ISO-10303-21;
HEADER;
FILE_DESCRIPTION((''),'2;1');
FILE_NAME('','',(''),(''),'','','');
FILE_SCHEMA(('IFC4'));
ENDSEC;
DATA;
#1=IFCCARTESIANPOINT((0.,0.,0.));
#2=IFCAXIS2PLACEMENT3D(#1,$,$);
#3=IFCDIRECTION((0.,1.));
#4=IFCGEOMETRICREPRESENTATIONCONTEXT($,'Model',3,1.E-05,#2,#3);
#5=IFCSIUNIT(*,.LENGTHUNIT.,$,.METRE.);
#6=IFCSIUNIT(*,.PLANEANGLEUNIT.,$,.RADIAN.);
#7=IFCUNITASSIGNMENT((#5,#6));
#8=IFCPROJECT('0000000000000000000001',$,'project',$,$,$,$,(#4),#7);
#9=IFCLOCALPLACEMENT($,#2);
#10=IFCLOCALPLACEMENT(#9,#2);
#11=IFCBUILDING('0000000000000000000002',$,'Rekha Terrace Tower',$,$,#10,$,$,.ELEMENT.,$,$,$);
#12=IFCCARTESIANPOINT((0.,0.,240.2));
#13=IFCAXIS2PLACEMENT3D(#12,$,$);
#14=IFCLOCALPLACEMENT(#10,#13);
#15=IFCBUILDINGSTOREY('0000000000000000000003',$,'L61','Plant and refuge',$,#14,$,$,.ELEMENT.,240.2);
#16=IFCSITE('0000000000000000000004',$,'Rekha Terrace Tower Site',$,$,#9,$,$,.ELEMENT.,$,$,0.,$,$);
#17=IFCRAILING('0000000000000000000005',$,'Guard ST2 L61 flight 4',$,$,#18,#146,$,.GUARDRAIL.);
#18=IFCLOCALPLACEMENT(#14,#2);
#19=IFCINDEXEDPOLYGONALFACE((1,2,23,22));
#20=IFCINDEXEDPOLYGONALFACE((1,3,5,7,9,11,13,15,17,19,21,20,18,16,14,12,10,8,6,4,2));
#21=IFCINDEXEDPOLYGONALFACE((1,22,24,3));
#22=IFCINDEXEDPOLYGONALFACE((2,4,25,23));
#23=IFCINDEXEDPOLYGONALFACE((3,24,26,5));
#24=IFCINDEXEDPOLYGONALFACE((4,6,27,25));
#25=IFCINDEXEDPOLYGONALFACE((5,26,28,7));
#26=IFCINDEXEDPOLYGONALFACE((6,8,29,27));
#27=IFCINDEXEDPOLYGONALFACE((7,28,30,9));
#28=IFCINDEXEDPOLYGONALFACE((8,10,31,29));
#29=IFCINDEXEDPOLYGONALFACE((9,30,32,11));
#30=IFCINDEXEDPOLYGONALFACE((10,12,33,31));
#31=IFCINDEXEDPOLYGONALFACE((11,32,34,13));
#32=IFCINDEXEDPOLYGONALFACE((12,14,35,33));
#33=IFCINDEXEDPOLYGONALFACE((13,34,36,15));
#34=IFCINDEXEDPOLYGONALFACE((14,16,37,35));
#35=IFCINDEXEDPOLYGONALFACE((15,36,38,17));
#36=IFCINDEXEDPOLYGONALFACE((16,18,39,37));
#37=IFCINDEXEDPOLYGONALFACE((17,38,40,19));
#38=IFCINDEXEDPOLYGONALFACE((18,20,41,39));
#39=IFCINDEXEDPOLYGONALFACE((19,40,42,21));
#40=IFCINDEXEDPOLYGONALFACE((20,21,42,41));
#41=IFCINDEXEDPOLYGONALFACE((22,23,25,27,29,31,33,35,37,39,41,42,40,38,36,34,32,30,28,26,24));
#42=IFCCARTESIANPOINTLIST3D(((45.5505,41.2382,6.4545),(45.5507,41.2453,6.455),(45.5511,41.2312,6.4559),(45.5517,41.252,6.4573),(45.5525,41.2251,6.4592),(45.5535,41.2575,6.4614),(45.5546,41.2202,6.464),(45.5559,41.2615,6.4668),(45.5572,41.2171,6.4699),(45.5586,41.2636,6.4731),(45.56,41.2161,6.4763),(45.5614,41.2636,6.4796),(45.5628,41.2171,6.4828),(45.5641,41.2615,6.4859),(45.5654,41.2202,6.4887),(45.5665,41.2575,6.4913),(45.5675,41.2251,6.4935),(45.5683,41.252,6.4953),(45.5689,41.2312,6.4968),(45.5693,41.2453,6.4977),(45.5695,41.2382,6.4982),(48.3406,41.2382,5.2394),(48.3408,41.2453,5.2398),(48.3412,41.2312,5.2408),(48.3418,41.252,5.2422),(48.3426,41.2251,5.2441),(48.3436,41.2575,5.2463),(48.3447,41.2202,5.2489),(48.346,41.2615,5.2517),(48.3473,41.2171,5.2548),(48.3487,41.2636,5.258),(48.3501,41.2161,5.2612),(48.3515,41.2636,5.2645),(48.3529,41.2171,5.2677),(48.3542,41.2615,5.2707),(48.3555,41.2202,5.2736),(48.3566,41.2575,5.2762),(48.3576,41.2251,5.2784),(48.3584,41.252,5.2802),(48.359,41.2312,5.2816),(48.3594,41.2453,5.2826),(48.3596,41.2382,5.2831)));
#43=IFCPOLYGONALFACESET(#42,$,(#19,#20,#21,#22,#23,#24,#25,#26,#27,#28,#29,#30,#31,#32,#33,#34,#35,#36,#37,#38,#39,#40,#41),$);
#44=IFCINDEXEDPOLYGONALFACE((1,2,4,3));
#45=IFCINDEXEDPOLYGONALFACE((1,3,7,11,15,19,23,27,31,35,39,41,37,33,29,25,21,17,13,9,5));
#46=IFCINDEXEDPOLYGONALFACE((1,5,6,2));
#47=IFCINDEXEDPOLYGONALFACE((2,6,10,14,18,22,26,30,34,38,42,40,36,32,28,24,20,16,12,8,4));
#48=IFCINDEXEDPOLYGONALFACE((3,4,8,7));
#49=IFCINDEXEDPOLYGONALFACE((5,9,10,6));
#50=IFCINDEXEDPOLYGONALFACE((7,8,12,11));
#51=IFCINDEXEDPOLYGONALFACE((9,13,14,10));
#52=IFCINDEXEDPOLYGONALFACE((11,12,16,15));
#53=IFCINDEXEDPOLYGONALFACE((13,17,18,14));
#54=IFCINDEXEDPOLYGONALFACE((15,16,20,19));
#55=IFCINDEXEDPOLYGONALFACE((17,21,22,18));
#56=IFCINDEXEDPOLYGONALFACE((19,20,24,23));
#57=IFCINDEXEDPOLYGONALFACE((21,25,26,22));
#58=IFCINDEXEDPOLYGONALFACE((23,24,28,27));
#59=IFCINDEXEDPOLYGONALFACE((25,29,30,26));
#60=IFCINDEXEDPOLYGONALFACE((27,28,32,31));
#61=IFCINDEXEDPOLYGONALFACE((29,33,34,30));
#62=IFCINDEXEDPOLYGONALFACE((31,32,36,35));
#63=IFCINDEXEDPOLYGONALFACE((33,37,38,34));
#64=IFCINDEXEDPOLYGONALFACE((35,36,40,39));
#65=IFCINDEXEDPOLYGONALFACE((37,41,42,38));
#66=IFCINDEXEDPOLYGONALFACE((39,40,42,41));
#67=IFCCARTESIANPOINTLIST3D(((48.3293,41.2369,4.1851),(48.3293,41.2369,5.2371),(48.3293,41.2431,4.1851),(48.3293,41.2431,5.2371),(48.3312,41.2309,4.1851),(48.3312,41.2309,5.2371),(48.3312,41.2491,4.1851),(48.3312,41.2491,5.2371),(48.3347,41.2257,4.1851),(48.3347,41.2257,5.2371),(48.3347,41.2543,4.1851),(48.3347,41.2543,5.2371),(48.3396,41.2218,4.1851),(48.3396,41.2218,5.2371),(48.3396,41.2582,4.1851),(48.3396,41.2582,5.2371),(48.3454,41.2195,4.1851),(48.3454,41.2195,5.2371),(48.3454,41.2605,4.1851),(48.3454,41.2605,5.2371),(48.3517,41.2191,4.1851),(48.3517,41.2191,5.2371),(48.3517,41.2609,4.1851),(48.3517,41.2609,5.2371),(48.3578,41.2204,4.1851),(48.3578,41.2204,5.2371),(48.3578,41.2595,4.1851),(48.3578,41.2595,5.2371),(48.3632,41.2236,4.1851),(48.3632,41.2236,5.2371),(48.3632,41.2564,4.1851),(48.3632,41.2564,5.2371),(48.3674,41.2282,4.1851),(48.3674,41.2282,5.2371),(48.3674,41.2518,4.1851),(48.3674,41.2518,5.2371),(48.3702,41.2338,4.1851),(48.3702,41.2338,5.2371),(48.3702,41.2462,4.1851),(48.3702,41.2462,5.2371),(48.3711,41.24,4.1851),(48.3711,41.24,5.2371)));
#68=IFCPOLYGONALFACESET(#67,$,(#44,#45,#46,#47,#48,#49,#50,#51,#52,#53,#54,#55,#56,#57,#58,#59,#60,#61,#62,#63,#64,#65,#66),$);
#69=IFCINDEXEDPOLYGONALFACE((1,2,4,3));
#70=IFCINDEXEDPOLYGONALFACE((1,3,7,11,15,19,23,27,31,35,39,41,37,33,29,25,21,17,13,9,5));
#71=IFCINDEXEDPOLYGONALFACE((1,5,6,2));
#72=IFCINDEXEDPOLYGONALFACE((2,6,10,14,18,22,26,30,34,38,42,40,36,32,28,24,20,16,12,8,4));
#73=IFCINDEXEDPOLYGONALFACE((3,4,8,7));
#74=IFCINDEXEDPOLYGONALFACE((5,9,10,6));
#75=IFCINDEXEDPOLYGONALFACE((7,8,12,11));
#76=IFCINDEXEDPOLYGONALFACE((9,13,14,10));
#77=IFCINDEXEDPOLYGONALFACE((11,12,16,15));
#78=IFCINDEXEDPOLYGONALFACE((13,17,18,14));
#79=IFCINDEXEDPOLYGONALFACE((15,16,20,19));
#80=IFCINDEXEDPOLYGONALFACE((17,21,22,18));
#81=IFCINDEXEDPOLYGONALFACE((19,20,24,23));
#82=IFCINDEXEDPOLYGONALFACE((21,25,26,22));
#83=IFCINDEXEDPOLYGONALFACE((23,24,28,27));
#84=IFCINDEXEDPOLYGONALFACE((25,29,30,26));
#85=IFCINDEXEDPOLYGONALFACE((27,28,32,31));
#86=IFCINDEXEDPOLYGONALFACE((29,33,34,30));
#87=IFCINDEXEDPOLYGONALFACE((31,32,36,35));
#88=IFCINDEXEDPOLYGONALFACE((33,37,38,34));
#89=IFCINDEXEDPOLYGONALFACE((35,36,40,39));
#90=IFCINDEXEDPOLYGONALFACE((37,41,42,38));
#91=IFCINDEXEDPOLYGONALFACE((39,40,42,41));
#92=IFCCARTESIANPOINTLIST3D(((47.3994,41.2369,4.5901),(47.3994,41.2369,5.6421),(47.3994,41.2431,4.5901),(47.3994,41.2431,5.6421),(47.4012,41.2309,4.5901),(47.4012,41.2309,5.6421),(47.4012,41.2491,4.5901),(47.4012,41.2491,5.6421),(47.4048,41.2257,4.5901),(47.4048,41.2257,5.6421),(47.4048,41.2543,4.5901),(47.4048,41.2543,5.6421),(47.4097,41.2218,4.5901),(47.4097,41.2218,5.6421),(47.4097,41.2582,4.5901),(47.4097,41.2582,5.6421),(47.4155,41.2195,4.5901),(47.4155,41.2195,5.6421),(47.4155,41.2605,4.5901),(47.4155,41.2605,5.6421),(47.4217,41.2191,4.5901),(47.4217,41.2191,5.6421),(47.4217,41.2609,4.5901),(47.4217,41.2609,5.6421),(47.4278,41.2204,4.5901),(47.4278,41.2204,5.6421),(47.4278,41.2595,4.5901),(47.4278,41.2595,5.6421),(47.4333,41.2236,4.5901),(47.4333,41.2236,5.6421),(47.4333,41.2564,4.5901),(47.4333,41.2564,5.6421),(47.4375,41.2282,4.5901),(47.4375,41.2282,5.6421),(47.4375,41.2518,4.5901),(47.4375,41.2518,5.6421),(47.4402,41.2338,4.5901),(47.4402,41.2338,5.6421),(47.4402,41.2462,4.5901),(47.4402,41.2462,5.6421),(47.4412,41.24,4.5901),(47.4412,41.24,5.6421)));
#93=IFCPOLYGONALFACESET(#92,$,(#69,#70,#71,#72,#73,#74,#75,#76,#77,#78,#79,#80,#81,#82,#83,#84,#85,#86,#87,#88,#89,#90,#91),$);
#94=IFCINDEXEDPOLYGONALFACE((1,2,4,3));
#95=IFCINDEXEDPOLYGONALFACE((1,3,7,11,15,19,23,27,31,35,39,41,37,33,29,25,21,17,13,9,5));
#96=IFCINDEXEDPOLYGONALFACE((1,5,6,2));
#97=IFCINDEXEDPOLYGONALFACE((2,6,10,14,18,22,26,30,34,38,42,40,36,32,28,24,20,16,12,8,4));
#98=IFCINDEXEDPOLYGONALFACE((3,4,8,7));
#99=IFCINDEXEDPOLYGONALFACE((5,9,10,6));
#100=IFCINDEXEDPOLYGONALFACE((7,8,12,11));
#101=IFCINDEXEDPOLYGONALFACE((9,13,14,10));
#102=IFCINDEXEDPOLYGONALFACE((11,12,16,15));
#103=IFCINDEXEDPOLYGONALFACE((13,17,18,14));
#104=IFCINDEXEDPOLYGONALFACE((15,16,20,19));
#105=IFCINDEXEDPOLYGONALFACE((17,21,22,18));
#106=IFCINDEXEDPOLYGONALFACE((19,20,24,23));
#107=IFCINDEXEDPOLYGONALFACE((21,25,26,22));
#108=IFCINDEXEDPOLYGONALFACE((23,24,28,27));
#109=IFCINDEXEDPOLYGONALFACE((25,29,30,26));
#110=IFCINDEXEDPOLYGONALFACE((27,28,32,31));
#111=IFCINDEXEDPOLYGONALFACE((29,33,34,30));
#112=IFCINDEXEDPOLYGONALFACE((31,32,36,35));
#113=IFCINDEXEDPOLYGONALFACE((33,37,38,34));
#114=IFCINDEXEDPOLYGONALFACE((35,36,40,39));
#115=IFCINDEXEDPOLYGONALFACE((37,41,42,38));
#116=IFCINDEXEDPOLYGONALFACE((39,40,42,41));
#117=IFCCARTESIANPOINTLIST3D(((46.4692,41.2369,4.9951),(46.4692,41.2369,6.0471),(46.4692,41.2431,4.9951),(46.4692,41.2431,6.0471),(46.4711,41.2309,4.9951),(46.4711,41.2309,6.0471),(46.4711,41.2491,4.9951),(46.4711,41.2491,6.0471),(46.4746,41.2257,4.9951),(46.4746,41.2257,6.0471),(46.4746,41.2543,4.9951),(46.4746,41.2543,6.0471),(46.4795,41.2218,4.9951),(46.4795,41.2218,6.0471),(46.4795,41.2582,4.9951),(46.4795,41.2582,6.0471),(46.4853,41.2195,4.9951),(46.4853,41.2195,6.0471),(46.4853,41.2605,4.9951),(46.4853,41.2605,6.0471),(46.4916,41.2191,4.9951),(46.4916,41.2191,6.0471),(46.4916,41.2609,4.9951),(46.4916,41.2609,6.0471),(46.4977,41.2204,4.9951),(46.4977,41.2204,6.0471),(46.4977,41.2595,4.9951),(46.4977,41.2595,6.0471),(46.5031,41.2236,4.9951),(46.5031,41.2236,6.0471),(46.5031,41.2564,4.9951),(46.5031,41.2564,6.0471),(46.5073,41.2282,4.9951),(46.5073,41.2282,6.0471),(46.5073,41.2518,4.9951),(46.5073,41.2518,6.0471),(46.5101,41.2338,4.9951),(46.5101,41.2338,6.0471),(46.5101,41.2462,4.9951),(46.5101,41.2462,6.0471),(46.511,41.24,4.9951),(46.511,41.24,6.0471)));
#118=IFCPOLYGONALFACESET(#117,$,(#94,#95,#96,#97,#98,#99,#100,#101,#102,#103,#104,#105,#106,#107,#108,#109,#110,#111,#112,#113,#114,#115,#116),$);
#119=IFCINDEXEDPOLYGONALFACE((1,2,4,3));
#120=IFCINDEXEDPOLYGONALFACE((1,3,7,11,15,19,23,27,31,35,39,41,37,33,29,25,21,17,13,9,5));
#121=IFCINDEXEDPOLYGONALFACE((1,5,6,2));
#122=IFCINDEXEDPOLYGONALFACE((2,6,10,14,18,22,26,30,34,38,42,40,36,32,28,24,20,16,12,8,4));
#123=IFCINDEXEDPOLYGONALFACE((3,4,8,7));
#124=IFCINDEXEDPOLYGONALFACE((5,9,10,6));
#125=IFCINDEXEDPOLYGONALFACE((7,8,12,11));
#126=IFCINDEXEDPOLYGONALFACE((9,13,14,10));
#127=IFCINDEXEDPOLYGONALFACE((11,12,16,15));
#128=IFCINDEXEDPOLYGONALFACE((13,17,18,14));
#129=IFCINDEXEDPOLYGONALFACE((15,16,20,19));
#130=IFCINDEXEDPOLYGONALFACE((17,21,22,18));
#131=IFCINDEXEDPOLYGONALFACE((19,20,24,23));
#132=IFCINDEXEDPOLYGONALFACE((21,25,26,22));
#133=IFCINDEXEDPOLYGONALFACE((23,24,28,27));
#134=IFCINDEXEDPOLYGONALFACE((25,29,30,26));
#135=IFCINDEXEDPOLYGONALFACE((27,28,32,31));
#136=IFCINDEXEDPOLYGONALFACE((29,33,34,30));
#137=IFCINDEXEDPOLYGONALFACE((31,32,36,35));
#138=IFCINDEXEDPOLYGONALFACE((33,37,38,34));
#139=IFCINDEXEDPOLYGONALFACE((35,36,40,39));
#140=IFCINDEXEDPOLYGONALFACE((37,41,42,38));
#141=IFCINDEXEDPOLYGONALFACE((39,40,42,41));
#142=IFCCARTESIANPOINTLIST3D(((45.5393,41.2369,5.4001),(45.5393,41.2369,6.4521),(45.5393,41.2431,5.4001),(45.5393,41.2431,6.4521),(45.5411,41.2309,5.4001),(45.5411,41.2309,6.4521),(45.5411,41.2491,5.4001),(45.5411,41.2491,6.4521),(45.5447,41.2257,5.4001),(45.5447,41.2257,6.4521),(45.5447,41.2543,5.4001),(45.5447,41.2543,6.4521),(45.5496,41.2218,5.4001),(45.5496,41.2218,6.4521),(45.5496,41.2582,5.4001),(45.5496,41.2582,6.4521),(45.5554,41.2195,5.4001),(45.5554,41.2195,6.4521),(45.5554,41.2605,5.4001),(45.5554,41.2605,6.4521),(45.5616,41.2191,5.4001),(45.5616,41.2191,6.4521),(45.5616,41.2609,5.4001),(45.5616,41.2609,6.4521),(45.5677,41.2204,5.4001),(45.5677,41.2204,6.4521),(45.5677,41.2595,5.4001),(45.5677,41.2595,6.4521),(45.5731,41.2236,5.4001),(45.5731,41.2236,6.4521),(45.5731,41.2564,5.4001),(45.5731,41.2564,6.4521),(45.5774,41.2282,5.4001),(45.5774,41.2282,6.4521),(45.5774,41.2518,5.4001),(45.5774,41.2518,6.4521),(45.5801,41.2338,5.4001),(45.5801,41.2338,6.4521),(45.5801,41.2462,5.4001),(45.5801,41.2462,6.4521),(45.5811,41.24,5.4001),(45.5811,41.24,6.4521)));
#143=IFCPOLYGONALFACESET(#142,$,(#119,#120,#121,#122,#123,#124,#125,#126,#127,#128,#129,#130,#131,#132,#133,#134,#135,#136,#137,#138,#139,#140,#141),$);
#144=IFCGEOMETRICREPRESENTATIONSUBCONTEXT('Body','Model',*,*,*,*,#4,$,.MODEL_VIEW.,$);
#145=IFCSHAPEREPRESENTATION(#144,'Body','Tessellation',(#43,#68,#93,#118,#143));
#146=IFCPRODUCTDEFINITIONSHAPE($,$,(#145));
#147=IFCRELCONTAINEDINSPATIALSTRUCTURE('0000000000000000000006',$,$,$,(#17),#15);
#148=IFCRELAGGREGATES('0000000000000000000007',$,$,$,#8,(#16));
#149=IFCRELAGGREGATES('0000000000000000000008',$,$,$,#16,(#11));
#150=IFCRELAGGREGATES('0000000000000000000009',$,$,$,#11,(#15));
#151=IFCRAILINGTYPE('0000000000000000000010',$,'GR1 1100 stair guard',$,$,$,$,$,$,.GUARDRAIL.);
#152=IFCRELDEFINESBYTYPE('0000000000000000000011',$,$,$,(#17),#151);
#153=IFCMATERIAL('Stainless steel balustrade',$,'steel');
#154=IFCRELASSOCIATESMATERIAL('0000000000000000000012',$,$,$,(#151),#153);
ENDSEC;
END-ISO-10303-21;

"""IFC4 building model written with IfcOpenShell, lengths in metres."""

from ifc_helpers import new_model, si_unit, direction, frame, origin, origin_2d, place, context, subcontext, project, spatial, circle, extrude, material, type_object, element, save


model = new_model("IFC4")

# Units and contexts
model_context = context("Model", 3, precision=1e-05, world=origin(), true_north=direction((0.0, 1.0)))
body_context = subcontext(model_context, "Body", "Model", "MODEL_VIEW")
ifc_project = project(units=[si_unit("LENGTHUNIT", "METRE"), si_unit("PLANEANGLEUNIT", "RADIAN")], contexts=[model_context])

# Site, building, storey
site_placement = place(None, origin())
site = spatial("IfcSite", under=ifc_project, at=site_placement, Name="Rekha Terrace Tower Site", CompositionType="ELEMENT", RefElevation=0.0)
building_placement = place(site_placement, origin())
building = spatial("IfcBuilding", under=site, at=building_placement, Name="Rekha Terrace Tower", CompositionType="ELEMENT")
storey_placement = place(building_placement, frame((0.0, 0.0, 240.2)))
storey = spatial("IfcBuildingStorey", under=building, at=storey_placement, Name="L61", Description="Plant and refuge", CompositionType="ELEMENT", Elevation=240.2)

# Railing
ifc_material_1 = material(Name="Stainless steel balustrade", Category="steel")
railing_type_1 = type_object("IfcRailingType", Name="GR1 1100 stair guard", PredefinedType="GUARDRAIL", material=ifc_material_1)
railing_1_placement = place(storey_placement, frame((48.3501, 41.24, 4.1851)))
element("IfcRailing", 1, at=railing_1_placement, inside=storey, type_object=railing_type_1, Name="Guard ST2 L61 flight 4", PredefinedType="GUARDRAIL", context=body_context, shape_type="SweptSolid", body=[
    extrude(circle(Radius=0.0239, at=origin_2d()), frame((0.0, 0.0, 1.0762), z_axis=(-0.916826, 0.0, 0.399286), x_axis=(0.0, -1.0, 0.0)), (0.0, 0.0, 1.0), 3.0432),
    extrude(circle(Radius=0.021, at=origin_2d()), origin(), (0.0, 0.0, 1.0), 1.052),
    extrude(circle(Radius=0.021, at=origin_2d()), frame((-0.9299, 0.0, 0.405)), (0.0, 0.0, 1.0), 1.052),
    extrude(circle(Radius=0.021, at=origin_2d()), frame((-1.8601, 0.0, 0.8101)), (0.0, 0.0, 1.0), 1.052),
    extrude(circle(Radius=0.021, at=origin_2d()), frame((-2.79, 0.0, 1.2151)), (0.0, 0.0, 1.0), 1.052),
])

save(model, "model.ifc")
